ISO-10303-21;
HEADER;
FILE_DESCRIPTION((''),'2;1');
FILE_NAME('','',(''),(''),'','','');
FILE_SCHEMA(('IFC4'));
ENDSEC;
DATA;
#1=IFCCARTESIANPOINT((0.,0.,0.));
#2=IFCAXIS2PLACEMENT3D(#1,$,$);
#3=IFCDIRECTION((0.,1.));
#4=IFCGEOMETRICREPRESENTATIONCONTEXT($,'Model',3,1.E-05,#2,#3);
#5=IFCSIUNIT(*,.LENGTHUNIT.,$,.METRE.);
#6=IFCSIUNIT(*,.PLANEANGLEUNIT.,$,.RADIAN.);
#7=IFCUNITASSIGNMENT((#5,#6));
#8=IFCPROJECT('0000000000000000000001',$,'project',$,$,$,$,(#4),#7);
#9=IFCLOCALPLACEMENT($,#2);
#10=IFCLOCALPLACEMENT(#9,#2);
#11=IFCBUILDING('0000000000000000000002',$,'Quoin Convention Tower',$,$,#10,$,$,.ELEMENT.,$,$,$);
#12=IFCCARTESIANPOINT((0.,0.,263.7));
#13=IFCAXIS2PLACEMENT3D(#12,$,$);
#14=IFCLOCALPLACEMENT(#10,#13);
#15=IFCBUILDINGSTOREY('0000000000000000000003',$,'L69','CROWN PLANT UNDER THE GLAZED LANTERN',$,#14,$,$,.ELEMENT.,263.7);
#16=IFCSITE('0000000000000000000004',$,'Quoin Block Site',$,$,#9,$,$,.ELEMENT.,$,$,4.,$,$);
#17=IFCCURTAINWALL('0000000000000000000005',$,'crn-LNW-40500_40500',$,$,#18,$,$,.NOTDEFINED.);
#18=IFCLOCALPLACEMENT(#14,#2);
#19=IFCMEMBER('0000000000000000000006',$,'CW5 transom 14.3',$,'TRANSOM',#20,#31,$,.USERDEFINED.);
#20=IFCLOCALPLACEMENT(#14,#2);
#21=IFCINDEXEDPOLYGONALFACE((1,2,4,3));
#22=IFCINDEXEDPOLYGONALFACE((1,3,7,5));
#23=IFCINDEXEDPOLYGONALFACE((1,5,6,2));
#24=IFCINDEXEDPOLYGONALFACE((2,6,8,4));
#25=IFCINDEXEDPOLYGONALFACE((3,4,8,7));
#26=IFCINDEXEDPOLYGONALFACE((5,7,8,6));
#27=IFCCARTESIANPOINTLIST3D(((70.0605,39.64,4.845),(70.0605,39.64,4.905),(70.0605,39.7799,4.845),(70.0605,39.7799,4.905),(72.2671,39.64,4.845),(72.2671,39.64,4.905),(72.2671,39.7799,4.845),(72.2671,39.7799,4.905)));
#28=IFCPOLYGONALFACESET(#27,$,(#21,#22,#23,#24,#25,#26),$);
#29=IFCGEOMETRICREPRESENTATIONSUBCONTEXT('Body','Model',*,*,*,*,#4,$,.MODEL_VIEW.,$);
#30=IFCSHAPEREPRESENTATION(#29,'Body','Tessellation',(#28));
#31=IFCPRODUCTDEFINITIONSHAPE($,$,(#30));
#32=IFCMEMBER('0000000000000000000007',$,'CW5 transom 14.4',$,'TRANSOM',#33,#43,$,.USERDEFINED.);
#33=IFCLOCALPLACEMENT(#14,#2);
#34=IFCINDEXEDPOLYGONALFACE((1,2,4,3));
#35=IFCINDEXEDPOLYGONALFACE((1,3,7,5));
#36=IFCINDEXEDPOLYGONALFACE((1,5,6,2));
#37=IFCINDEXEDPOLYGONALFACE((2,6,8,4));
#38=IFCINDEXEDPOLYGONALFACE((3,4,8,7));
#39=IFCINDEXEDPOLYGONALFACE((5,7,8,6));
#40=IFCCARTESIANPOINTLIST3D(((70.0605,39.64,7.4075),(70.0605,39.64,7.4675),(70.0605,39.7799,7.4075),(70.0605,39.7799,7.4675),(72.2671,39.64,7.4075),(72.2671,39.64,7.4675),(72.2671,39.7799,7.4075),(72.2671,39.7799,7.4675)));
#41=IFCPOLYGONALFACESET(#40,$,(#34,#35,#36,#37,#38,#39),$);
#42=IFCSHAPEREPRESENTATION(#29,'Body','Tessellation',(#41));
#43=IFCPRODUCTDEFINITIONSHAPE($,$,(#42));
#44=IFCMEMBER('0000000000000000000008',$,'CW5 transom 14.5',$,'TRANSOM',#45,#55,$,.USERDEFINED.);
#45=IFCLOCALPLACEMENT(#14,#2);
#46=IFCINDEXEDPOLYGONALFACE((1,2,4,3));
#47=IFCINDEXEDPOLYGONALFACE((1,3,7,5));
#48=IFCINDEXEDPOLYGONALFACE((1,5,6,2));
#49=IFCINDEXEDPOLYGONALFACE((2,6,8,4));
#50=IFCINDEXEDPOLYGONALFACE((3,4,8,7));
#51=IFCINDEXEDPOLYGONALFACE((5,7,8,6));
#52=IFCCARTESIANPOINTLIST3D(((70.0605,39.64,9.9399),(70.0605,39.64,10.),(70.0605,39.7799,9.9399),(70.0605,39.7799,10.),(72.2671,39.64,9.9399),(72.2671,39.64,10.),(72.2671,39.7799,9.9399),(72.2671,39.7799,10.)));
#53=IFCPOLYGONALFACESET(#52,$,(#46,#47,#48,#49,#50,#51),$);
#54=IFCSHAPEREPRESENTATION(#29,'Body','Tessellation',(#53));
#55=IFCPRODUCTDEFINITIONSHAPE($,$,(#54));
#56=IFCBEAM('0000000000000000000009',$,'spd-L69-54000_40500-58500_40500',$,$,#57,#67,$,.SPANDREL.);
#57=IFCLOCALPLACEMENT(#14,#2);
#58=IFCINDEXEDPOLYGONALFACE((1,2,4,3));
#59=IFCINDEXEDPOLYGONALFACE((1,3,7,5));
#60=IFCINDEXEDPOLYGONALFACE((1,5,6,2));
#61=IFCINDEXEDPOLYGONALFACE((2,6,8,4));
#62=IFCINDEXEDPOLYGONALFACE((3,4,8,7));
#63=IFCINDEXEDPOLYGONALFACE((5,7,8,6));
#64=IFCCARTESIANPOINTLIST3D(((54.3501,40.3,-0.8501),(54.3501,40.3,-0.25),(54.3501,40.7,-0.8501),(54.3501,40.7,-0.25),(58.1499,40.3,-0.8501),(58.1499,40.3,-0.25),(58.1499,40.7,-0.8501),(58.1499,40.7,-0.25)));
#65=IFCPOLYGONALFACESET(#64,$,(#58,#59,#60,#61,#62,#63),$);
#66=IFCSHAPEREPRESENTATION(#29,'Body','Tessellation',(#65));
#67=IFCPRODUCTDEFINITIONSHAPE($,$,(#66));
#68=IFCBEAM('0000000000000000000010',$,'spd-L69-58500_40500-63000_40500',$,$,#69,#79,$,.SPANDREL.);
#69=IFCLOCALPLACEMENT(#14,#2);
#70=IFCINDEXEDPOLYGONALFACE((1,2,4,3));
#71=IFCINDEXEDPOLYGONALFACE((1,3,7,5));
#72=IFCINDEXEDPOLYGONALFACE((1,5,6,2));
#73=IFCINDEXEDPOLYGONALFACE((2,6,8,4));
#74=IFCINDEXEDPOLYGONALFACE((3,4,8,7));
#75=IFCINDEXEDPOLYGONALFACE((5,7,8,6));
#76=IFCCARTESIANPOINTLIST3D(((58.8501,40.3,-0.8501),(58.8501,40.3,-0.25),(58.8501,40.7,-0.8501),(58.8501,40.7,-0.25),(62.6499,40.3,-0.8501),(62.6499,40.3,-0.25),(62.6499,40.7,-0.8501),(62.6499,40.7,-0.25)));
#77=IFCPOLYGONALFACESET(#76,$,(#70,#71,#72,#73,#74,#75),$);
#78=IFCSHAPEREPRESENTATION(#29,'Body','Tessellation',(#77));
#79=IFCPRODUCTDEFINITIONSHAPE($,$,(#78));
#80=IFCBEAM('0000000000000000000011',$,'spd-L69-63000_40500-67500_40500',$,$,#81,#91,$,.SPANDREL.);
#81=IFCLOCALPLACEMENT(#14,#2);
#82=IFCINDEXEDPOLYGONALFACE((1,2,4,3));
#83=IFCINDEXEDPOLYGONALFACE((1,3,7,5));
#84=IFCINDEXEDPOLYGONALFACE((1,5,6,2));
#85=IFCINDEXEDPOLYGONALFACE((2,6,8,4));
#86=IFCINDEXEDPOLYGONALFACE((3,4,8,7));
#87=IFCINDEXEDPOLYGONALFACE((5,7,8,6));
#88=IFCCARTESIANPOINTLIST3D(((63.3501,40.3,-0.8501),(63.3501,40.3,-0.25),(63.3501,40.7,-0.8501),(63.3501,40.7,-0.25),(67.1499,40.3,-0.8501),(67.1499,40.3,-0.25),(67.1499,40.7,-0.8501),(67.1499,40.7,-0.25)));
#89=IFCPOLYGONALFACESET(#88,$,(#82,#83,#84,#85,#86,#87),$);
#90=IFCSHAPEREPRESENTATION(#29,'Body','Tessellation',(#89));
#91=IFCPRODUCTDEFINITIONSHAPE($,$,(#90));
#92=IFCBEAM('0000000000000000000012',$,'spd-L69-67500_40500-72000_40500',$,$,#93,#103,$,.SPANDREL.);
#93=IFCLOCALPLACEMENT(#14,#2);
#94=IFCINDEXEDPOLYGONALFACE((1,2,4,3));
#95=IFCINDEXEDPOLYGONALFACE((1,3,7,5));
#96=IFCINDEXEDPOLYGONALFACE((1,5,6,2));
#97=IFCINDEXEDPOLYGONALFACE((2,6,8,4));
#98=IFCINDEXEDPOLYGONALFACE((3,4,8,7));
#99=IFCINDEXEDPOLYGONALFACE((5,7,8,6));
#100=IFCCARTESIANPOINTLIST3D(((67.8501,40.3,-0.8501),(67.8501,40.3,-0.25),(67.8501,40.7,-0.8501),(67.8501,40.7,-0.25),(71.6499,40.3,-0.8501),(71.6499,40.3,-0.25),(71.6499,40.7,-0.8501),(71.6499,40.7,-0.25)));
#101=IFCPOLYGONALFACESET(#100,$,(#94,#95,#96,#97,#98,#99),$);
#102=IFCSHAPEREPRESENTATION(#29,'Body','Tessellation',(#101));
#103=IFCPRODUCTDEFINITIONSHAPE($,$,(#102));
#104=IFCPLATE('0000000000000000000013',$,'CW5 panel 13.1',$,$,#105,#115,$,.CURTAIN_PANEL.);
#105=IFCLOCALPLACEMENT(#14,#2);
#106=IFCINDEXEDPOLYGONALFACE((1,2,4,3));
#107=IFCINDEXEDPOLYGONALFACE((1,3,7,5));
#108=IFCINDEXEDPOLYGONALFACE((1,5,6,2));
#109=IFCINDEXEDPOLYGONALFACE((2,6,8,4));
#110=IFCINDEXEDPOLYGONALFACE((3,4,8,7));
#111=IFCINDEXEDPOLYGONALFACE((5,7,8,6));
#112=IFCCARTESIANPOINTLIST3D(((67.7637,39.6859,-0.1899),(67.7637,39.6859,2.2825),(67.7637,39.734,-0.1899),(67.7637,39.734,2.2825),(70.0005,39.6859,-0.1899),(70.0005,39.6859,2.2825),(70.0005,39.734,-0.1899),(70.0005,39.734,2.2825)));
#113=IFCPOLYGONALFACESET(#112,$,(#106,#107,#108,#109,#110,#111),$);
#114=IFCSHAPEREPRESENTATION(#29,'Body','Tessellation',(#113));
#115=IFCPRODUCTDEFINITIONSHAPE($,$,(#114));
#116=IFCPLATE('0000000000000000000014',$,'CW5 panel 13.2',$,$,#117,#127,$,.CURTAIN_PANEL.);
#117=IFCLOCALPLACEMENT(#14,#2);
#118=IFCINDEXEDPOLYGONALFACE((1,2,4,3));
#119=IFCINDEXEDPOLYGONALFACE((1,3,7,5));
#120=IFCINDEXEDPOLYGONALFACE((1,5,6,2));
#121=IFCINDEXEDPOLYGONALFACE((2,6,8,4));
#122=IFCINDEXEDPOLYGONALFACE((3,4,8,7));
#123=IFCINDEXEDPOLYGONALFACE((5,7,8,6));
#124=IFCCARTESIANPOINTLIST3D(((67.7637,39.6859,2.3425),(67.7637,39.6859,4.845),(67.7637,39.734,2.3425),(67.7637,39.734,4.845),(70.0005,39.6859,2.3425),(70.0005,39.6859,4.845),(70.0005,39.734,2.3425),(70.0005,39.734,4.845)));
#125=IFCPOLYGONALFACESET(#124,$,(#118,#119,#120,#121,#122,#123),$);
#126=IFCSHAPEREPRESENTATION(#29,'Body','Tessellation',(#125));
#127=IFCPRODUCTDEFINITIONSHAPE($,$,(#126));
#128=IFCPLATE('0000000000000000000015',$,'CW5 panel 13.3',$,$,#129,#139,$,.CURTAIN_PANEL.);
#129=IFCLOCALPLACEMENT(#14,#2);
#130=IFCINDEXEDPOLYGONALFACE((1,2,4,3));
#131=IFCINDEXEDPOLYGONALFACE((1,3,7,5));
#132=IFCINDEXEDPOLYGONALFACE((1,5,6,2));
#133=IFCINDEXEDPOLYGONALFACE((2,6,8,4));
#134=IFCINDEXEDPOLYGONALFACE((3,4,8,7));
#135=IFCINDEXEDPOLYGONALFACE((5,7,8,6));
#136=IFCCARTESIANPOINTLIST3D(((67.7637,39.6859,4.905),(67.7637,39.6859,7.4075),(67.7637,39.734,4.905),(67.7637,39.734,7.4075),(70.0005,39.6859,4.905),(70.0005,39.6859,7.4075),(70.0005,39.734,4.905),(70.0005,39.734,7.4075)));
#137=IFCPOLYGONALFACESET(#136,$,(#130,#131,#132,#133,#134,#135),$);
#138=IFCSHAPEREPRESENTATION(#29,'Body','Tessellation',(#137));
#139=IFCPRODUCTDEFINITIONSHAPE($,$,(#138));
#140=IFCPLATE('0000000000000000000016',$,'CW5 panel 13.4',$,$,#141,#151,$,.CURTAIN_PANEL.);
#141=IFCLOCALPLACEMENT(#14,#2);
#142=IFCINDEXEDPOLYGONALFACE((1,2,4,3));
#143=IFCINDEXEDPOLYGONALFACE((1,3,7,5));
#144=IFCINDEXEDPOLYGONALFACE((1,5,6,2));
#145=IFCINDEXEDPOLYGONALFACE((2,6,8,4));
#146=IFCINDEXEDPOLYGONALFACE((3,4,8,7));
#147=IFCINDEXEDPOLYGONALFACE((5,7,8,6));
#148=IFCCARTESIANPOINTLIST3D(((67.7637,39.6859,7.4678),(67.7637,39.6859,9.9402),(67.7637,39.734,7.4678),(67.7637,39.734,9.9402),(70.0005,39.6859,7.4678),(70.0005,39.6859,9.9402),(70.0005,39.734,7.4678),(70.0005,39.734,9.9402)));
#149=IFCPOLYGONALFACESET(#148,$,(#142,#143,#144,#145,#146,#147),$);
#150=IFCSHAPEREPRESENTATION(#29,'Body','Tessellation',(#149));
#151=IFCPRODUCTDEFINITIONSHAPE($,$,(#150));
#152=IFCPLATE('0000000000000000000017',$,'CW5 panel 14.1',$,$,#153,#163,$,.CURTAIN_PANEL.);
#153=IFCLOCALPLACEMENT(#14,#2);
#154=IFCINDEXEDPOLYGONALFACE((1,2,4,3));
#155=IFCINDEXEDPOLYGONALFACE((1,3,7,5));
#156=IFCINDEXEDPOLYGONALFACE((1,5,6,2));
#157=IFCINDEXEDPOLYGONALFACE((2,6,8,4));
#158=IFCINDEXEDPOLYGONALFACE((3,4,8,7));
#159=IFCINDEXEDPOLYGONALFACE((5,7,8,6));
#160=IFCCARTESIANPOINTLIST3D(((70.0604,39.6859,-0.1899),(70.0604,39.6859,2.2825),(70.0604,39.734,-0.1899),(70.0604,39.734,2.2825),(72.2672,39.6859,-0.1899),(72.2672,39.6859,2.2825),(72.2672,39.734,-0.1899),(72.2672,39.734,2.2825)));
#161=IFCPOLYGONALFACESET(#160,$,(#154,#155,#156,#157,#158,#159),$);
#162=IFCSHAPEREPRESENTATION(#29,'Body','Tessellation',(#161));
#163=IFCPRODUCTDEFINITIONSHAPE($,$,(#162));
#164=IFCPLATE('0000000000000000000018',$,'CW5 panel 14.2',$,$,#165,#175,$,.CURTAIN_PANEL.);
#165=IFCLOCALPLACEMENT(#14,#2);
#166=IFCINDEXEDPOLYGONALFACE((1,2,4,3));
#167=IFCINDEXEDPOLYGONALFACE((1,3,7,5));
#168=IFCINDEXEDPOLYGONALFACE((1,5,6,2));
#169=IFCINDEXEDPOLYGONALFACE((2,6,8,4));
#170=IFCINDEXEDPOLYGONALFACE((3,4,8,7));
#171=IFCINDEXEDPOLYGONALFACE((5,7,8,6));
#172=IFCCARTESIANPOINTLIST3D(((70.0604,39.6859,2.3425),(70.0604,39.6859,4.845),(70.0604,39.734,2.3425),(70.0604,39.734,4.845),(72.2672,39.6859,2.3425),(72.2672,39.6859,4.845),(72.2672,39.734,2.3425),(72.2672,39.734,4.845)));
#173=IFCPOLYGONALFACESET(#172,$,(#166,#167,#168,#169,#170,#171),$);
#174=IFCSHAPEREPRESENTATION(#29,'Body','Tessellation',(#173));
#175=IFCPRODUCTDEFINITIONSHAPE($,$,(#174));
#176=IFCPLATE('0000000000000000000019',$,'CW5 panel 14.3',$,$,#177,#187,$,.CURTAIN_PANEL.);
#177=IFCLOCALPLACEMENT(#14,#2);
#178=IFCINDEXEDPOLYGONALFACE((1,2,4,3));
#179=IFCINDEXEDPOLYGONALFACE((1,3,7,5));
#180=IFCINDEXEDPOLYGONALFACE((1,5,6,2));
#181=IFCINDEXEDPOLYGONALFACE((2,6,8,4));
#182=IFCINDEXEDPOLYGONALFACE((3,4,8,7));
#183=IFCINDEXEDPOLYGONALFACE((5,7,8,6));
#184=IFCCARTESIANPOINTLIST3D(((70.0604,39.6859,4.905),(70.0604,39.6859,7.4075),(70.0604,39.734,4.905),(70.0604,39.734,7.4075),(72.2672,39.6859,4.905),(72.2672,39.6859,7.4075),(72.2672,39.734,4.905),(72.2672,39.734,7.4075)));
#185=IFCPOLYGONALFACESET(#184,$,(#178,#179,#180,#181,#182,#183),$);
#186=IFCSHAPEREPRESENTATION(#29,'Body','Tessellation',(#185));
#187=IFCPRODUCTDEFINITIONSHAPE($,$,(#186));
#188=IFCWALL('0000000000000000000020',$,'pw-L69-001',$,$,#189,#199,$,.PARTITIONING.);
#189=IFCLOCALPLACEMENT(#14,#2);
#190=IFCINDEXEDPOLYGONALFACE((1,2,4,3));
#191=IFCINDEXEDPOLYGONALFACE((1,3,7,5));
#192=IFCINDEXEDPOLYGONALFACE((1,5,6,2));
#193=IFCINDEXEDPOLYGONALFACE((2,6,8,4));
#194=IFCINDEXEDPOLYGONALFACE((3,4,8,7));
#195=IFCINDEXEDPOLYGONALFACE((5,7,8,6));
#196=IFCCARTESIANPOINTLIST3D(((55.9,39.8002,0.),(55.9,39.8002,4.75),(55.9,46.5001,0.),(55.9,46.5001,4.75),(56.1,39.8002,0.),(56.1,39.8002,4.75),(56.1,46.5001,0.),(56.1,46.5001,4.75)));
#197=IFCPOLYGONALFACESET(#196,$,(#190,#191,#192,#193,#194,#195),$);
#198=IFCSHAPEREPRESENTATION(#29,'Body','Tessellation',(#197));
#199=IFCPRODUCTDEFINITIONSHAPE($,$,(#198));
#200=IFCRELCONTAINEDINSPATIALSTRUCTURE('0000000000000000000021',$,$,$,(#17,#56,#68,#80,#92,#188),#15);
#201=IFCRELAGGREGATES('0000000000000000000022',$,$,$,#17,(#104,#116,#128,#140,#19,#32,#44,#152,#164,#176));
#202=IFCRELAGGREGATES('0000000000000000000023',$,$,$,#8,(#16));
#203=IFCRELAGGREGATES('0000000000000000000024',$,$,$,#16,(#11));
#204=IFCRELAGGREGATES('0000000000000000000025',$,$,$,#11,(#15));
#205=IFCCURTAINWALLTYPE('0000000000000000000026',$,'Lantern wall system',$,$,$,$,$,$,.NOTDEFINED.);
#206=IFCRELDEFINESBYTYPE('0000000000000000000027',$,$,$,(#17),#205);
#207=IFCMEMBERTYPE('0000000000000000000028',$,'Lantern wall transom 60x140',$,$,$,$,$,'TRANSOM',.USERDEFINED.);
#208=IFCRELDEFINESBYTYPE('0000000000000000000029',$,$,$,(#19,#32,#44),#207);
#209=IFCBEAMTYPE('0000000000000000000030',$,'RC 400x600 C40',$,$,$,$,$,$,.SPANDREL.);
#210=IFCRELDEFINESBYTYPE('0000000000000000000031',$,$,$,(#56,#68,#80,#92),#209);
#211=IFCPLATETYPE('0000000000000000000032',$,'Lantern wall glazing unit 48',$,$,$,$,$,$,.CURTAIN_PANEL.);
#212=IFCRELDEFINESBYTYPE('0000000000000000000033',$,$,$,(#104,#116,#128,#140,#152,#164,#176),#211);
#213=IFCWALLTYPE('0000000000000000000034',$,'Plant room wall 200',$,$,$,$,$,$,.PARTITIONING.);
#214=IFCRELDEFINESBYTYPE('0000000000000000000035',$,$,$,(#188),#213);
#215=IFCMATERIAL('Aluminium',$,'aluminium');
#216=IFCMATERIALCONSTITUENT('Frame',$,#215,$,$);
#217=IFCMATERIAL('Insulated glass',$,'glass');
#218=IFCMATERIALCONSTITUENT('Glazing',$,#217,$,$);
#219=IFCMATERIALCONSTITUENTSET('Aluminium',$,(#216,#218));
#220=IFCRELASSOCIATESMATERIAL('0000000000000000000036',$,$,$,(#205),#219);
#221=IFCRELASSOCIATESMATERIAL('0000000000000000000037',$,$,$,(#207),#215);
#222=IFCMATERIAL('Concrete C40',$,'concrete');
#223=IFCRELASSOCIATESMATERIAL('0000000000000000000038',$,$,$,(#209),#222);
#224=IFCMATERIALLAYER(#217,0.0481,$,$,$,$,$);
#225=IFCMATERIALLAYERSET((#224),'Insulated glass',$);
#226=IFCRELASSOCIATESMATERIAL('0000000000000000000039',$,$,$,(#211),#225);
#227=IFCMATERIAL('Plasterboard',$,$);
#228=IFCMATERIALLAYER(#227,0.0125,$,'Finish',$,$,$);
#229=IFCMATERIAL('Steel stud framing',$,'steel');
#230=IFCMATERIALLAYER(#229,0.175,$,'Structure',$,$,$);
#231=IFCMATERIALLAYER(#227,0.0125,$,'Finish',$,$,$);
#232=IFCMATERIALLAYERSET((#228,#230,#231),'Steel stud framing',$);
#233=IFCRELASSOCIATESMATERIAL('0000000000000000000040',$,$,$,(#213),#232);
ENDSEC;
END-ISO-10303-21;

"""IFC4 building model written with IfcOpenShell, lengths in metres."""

from ifc_helpers import new_model, si_unit, direction, frame, frame_2d, origin, origin_2d, place, context, subcontext, project, spatial, rectangle, extrude, material, layer, layer_set, constituent, constituent_set, material_profile, profile_set, type_object, element, aggregate, save


model = new_model("IFC4")

# Units and contexts
model_context = context("Model", 3, precision=1e-05, world=origin(), true_north=direction((0.0, 1.0)))
body_context = subcontext(model_context, "Body", "Model", "MODEL_VIEW")
ifc_project = project(units=[si_unit("LENGTHUNIT", "METRE"), si_unit("PLANEANGLEUNIT", "RADIAN")], contexts=[model_context])

# Site, building, storey
site_placement = place(None, origin())
site = spatial("IfcSite", under=ifc_project, at=site_placement, Name="Quoin Block Site", CompositionType="ELEMENT", RefElevation=4.0)
building_placement = place(site_placement, origin())
building = spatial("IfcBuilding", under=site, at=building_placement, Name="Quoin Convention Tower", CompositionType="ELEMENT")
storey_placement = place(building_placement, frame((0.0, 0.0, 263.7)))
storey = spatial("IfcBuildingStorey", under=building, at=storey_placement, Name="L69", Description="CROWN PLANT UNDER THE GLAZED LANTERN", CompositionType="ELEMENT", Elevation=263.7)

# Shared definitions
ifc_material_1 = material(Name="Concrete C40", Category="concrete")

# Curtain wall, members
ifc_material_2 = material(Name="Aluminium", Category="aluminium")
ifc_constituent_1 = constituent(ifc_material_2, Name="Frame")
ifc_material_3 = material(Name="Insulated glass", Category="glass")
ifc_constituent_2 = constituent(ifc_material_3, Name="Glazing")
ifc_constituent_set = constituent_set(constituents=[ifc_constituent_1, ifc_constituent_2], Name="Aluminium")
curtain_wall_type = type_object("IfcCurtainWallType", Name="Lantern wall system", PredefinedType="NOTDEFINED", material=ifc_constituent_set)
curtain_wall_placement = place(storey_placement, origin())
curtain_wall = element("IfcCurtainWall", 1, at=curtain_wall_placement, inside=storey, type_object=curtain_wall_type, Name="crn-LNW-40500_40500", PredefinedType="NOTDEFINED")
ifc_material_profile_1 = material_profile(ifc_material_2, rectangle(XDim=0.1399, YDim=0.0601, at=origin_2d()), Name="Lantern wall transom 60x140")
ifc_profile_set_1 = profile_set([ifc_material_profile_1], Name="Aluminium")
member_type_1 = type_object("IfcMemberType", Name="Lantern wall transom 60x140", ElementType="TRANSOM", PredefinedType="USERDEFINED", material=ifc_profile_set_1)
member_1_placement = place(storey_placement, frame((70.0605, 39.71, 4.875), z_axis=(1.0, 0.0, 0.0), x_axis=(0.0, 1.0, 0.0)))
member_1 = element("IfcMember", 2, at=member_1_placement, type_object=member_type_1, Name="CW5 transom 14.3", ObjectType="TRANSOM", PredefinedType="USERDEFINED", context=body_context, shape_type="SweptSolid", body=[
    extrude(rectangle(XDim=0.1399, YDim=0.0601, at=origin_2d()), origin(), (0.0, 0.0, 1.0), 2.2065),
])
member_2_placement = place(storey_placement, frame((70.0605, 39.71, 7.4375), z_axis=(1.0, 0.0, 0.0), x_axis=(0.0, 1.0, 0.0)))
member_2 = element("IfcMember", 3, at=member_2_placement, type_object=member_type_1, Name="CW5 transom 14.4", ObjectType="TRANSOM", PredefinedType="USERDEFINED", context=body_context, shape_type="SweptSolid", body=[
    extrude(rectangle(XDim=0.1399, YDim=0.0601, at=origin_2d()), origin(), (0.0, 0.0, 1.0), 2.2065),
])
member_3_placement = place(storey_placement, frame((70.0605, 39.71, 9.97), z_axis=(1.0, 0.0, 0.0), x_axis=(0.0, 1.0, 0.0)))
member_3 = element("IfcMember", 4, at=member_3_placement, type_object=member_type_1, Name="CW5 transom 14.5", ObjectType="TRANSOM", PredefinedType="USERDEFINED", context=body_context, shape_type="SweptSolid", body=[
    extrude(rectangle(XDim=0.1399, YDim=0.0601, at=origin_2d()), origin(), (0.0, 0.0, 1.0), 2.2065),
])

# Beams
ifc_material_profile_2 = material_profile(ifc_material_1, rectangle(XDim=0.3999, YDim=0.6001, at=origin_2d()), Name="RC 400x600")
ifc_profile_set_2 = profile_set([ifc_material_profile_2], Name="Concrete C40")
beam_type = type_object("IfcBeamType", Name="RC 400x600 C40", PredefinedType="SPANDREL", material=ifc_profile_set_2)
for number, where, z_axis, x_axis, name in (
    (5, (54.3501, 40.5, -0.55), (1.0, 0.0, 0.0), (0.0, 1.0, 0.0), "spd-L69-54000_40500-58500_40500"),
    (6, (58.8501, 40.5, -0.55), (1.0, 0.0, 0.0), (0.0, 1.0, 0.0), "spd-L69-58500_40500-63000_40500"),
    (7, (63.3501, 40.5, -0.55), (1.0, 0.0, 0.0), (0.0, 1.0, 0.0), "spd-L69-63000_40500-67500_40500"),
    (8, (67.8501, 40.5, -0.55), (1.0, 0.0, 0.0), (0.0, 1.0, 0.0), "spd-L69-67500_40500-72000_40500"),
):
    element("IfcBeam", number, at=place(storey_placement, frame(where, z_axis=z_axis, x_axis=x_axis)), inside=storey, type_object=beam_type, Name=name, PredefinedType="SPANDREL", context=body_context, shape_type="SweptSolid", body=[
        extrude(rectangle(XDim=0.3999, YDim=0.6001, at=origin_2d()), origin(), (0.0, 0.0, 1.0), 3.7998),
    ])

# Plates
ifc_layer_1 = layer(ifc_material_3, 0.0481)
ifc_layer_set_1 = layer_set([ifc_layer_1], Name="Insulated glass")
plate_type = type_object("IfcPlateType", Name="Lantern wall glazing unit 48", PredefinedType="CURTAIN_PANEL", material=ifc_layer_set_1)
plate_1_placement = place(storey_placement, frame((68.8821, 39.71, -0.1899), z_axis=(0.0, 0.0, 1.0), x_axis=(1.0, 0.0, 0.0)))
plate_1 = element("IfcPlate", 9, at=plate_1_placement, type_object=plate_type, Name="CW5 panel 13.1", PredefinedType="CURTAIN_PANEL", context=body_context, shape_type="SweptSolid", body=[
    extrude(rectangle(XDim=2.2368, YDim=0.0481, at=origin_2d()), origin(), (0.0, 0.0, 1.0), 2.4724),
])
plate_2_placement = place(storey_placement, frame((68.8821, 39.71, 2.3425), z_axis=(0.0, 0.0, 1.0), x_axis=(1.0, 0.0, 0.0)))
plate_2 = element("IfcPlate", 10, at=plate_2_placement, type_object=plate_type, Name="CW5 panel 13.2", PredefinedType="CURTAIN_PANEL", context=body_context, shape_type="SweptSolid", body=[
    extrude(rectangle(XDim=2.2368, YDim=0.0481, at=origin_2d()), origin(), (0.0, 0.0, 1.0), 2.5024),
])
plate_3_placement = place(storey_placement, frame((68.8821, 39.71, 4.905), z_axis=(0.0, 0.0, 1.0), x_axis=(1.0, 0.0, 0.0)))
plate_3 = element("IfcPlate", 11, at=plate_3_placement, type_object=plate_type, Name="CW5 panel 13.3", PredefinedType="CURTAIN_PANEL", context=body_context, shape_type="SweptSolid", body=[
    extrude(rectangle(XDim=2.2368, YDim=0.0481, at=origin_2d()), origin(), (0.0, 0.0, 1.0), 2.5024),
])
plate_4_placement = place(storey_placement, frame((68.8821, 39.71, 7.4678), z_axis=(0.0, 0.0, 1.0), x_axis=(1.0, 0.0, 0.0)))
plate_4 = element("IfcPlate", 12, at=plate_4_placement, type_object=plate_type, Name="CW5 panel 13.4", PredefinedType="CURTAIN_PANEL", context=body_context, shape_type="SweptSolid", body=[
    extrude(rectangle(XDim=2.2368, YDim=0.0481, at=origin_2d()), origin(), (0.0, 0.0, 1.0), 2.4724),
])
plate_5_placement = place(storey_placement, frame((71.1638, 39.71, -0.1899), z_axis=(0.0, 0.0, 1.0), x_axis=(1.0, 0.0, 0.0)))
plate_5 = element("IfcPlate", 13, at=plate_5_placement, type_object=plate_type, Name="CW5 panel 14.1", PredefinedType="CURTAIN_PANEL", context=body_context, shape_type="SweptSolid", body=[
    extrude(rectangle(XDim=2.2068, YDim=0.0481, at=origin_2d()), origin(), (0.0, 0.0, 1.0), 2.4724),
])
plate_6_placement = place(storey_placement, frame((71.1638, 39.71, 2.3425), z_axis=(0.0, 0.0, 1.0), x_axis=(1.0, 0.0, 0.0)))
plate_6 = element("IfcPlate", 14, at=plate_6_placement, type_object=plate_type, Name="CW5 panel 14.2", PredefinedType="CURTAIN_PANEL", context=body_context, shape_type="SweptSolid", body=[
    extrude(rectangle(XDim=2.2068, YDim=0.0481, at=origin_2d()), origin(), (0.0, 0.0, 1.0), 2.5024),
])
plate_7_placement = place(storey_placement, frame((71.1638, 39.71, 4.905), z_axis=(0.0, 0.0, 1.0), x_axis=(1.0, 0.0, 0.0)))
plate_7 = element("IfcPlate", 15, at=plate_7_placement, type_object=plate_type, Name="CW5 panel 14.3", PredefinedType="CURTAIN_PANEL", context=body_context, shape_type="SweptSolid", body=[
    extrude(rectangle(XDim=2.2068, YDim=0.0481, at=origin_2d()), origin(), (0.0, 0.0, 1.0), 2.5024),
])
aggregate(curtain_wall, [plate_1, plate_2, plate_3, plate_4, member_1, member_2, member_3, plate_5, plate_6, plate_7])

# Wall
ifc_material_4 = material(Name="Plasterboard")
ifc_layer_2 = layer(ifc_material_4, 0.0125, Name="Finish")
ifc_material_5 = material(Name="Steel stud framing", Category="steel")
ifc_layer_3 = layer(ifc_material_5, 0.175, Name="Structure")
ifc_layer_4 = layer(ifc_material_4, 0.0125, Name="Finish")
ifc_layer_set_2 = layer_set([ifc_layer_2, ifc_layer_3, ifc_layer_4], Name="Steel stud framing")
wall_type = type_object("IfcWallType", Name="Plant room wall 200", PredefinedType="PARTITIONING", material=ifc_layer_set_2)
for number, where, z_axis, x_axis, name in (
    (16, (56.0, 39.8, 0.0), (0.0, 0.0, 1.0), (0.0, 1.0, 0.0), "pw-L69-001"),
):
    element("IfcWall", number, at=place(storey_placement, frame(where, z_axis=z_axis, x_axis=x_axis)), inside=storey, type_object=wall_type, Name=name, PredefinedType="PARTITIONING", context=body_context, shape_type="SweptSolid", body=[
        extrude(rectangle(XDim=6.7, YDim=0.2, at=frame_2d((3.3501, 0.0))), origin(), (0.0, 0.0, 1.0), 4.75),
    ])

save(model, "model.ifc")
